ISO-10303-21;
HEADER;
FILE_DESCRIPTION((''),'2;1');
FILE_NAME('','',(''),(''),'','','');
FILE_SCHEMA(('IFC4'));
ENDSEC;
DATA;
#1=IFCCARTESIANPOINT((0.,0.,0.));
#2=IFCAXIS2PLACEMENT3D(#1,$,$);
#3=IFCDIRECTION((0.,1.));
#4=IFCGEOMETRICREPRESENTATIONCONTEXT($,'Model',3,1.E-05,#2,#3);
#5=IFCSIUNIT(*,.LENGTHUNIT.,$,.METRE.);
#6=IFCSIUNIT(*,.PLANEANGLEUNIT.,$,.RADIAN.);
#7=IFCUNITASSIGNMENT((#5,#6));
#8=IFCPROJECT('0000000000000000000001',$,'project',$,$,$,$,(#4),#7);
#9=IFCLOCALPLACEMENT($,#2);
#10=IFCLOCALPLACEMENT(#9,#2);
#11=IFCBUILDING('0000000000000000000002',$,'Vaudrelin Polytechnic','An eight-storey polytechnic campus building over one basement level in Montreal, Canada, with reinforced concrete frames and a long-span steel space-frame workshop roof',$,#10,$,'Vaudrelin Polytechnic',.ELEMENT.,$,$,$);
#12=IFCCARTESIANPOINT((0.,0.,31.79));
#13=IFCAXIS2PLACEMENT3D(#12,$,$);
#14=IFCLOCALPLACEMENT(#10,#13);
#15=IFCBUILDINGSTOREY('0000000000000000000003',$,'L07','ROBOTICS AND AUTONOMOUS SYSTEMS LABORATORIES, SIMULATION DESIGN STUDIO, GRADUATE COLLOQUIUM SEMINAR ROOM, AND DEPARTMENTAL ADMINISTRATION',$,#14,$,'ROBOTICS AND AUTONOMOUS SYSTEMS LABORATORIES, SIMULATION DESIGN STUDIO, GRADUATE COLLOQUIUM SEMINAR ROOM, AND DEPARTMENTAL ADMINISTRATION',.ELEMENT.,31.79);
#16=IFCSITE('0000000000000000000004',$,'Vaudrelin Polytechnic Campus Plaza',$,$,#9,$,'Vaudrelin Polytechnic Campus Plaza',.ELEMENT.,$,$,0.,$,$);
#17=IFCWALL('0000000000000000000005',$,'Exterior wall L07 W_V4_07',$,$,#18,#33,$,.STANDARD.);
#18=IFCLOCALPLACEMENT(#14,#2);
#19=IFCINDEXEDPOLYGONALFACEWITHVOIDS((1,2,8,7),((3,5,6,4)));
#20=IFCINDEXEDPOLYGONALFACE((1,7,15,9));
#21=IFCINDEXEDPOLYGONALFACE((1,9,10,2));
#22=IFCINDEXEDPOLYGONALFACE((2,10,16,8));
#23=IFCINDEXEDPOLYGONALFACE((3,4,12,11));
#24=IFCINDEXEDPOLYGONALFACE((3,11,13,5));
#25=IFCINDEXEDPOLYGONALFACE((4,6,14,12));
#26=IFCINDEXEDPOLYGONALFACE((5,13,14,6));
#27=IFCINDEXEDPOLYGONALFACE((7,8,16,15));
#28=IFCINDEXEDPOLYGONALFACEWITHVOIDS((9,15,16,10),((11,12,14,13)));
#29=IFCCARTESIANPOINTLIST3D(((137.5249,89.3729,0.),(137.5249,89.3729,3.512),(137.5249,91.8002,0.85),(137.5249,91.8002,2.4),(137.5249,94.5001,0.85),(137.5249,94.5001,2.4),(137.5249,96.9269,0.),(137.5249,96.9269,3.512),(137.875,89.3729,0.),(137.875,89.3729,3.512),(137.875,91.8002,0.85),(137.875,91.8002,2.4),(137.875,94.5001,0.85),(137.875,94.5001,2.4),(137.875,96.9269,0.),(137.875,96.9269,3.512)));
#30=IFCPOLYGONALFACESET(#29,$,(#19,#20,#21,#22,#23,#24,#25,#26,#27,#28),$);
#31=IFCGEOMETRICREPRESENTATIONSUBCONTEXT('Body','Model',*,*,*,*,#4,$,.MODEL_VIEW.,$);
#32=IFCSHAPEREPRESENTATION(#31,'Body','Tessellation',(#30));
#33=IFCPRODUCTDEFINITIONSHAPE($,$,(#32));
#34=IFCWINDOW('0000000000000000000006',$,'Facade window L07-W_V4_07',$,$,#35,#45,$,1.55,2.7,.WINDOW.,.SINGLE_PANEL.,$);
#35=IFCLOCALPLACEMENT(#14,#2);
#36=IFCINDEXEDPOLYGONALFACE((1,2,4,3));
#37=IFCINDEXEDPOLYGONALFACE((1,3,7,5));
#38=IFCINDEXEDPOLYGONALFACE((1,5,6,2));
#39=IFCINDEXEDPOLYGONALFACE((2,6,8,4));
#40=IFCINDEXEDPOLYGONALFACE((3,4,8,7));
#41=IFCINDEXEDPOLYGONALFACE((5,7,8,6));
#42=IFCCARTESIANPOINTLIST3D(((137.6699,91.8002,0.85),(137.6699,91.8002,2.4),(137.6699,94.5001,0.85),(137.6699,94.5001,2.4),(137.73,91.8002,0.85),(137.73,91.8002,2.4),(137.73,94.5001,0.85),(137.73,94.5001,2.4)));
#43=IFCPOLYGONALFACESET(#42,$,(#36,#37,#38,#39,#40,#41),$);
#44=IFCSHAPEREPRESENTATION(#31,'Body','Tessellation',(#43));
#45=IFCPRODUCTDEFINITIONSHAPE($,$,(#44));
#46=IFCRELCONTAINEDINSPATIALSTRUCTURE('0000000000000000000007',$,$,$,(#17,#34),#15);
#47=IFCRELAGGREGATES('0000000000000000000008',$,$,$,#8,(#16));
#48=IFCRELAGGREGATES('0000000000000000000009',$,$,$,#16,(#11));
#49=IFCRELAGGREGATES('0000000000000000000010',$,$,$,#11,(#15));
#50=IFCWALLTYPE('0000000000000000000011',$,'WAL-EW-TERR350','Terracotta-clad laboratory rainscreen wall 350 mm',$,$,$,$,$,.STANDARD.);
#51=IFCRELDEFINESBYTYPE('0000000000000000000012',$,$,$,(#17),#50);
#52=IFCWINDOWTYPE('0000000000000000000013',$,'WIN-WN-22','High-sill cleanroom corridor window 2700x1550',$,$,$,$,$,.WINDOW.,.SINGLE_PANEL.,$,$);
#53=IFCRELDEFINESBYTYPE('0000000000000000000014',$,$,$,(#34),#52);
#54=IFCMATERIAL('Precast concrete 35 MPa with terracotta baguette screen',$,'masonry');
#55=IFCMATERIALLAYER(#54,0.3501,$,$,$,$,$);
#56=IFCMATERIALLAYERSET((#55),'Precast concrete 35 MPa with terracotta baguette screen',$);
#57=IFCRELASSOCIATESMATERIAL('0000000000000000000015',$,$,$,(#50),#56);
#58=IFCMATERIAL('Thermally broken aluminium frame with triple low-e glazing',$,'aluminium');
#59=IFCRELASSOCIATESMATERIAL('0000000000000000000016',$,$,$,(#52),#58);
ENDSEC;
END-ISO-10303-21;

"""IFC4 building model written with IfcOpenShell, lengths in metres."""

from ifc_helpers import new_model, si_unit, direction, frame, frame_2d, origin, place, context, subcontext, project, spatial, rectangle, extrude, material, layer, layer_set, type_object, element, fill, save


model = new_model("IFC4")

# Units and contexts
model_context = context("Model", 3, precision=1e-05, world=origin(), true_north=direction((0.0, 1.0)))
body_context = subcontext(model_context, "Body", "Model", "MODEL_VIEW")
ifc_project = project(units=[si_unit("LENGTHUNIT", "METRE"), si_unit("PLANEANGLEUNIT", "RADIAN")], contexts=[model_context])

# Site, building, storey
site_placement = place(None, origin())
site = spatial("IfcSite", under=ifc_project, at=site_placement, Name="Vaudrelin Polytechnic Campus Plaza", LongName="Vaudrelin Polytechnic Campus Plaza", CompositionType="ELEMENT", RefElevation=0.0)
building_placement = place(site_placement, origin())
building = spatial("IfcBuilding", under=site, at=building_placement, Name="Vaudrelin Polytechnic", Description="An eight-storey polytechnic campus building over one basement level in Montreal, Canada, with reinforced concrete frames and a long-span steel space-frame workshop roof", LongName="Vaudrelin Polytechnic", CompositionType="ELEMENT")
storey_placement = place(building_placement, frame((0.0, 0.0, 31.79)))
storey = spatial("IfcBuildingStorey", under=building, at=storey_placement, Name="L07", Description="ROBOTICS AND AUTONOMOUS SYSTEMS LABORATORIES, SIMULATION DESIGN STUDIO, GRADUATE COLLOQUIUM SEMINAR ROOM, AND DEPARTMENTAL ADMINISTRATION", LongName="ROBOTICS AND AUTONOMOUS SYSTEMS LABORATORIES, SIMULATION DESIGN STUDIO, GRADUATE COLLOQUIUM SEMINAR ROOM, AND DEPARTMENTAL ADMINISTRATION", CompositionType="ELEMENT", Elevation=31.79)

# Wall, opening, window
ifc_material_1 = material(Name="Precast concrete 35 MPa with terracotta baguette screen", Category="masonry")
ifc_layer = layer(ifc_material_1, 0.3501)
ifc_layer_set = layer_set([ifc_layer], Name="Precast concrete 35 MPa with terracotta baguette screen")
wall_type = type_object("IfcWallType", Name="WAL-EW-TERR350", Description="Terracotta-clad laboratory rainscreen wall 350 mm", PredefinedType="STANDARD", material=ifc_layer_set)
ifc_material_2 = material(Name="Thermally broken aluminium frame with triple low-e glazing", Category="aluminium")
wall_1_placement = place(storey_placement, frame((137.7, 89.373, 0.0), z_axis=(0.0, 0.0, 1.0), x_axis=(0.0, 1.0, 0.0)))
wall_1 = element("IfcWall", 1, at=wall_1_placement, inside=storey, type_object=wall_type, Name="Exterior wall L07 W_V4_07", PredefinedType="STANDARD", context=body_context, shape_type="SweptSolid", body=[
    extrude(rectangle(XDim=7.554, YDim=0.3501, at=frame_2d((3.7769, 0.0))), origin(), (0.0, 0.0, 1.0), 3.512),
])
opening_1_placement = place(wall_1_placement, frame((2.427, 0.0, 0.8501)))
opening_1 = element("IfcOpeningElement", 2, at=opening_1_placement, cuts=wall_1, PredefinedType="OPENING", context=body_context, shape_type="SweptSolid", body=[
    extrude(rectangle(XDim=2.7, YDim=1.55, at=frame_2d((1.3501, 0.7749))), frame((0.0, 0.1851, 0.0), z_axis=(0.0, -1.0, 0.0), x_axis=(1.0, 0.0, 0.0)), (0.0, 0.0, 1.0), 0.3701),
])
window_type_1 = type_object("IfcWindowType", Name="WIN-WN-22", Description="High-sill cleanroom corridor window 2700x1550", PartitioningType="SINGLE_PANEL", PredefinedType="WINDOW", material=ifc_material_2)
window_1_placement = place(opening_1_placement, origin())
window_1 = element("IfcWindow", 3, at=window_1_placement, inside=storey, type_object=window_type_1, Name="Facade window L07-W_V4_07", OverallHeight=1.55, OverallWidth=2.7, PartitioningType="SINGLE_PANEL", PredefinedType="WINDOW", context=body_context, shape_type="SweptSolid", body=[
    extrude(rectangle(XDim=2.7, YDim=1.55, at=frame_2d((1.3501, 0.7749))), frame((0.0, 0.03, 0.0), z_axis=(0.0, -1.0, 0.0), x_axis=(1.0, 0.0, 0.0)), (0.0, 0.0, 1.0), 0.0601),
])
fill(opening_1, window_1)

save(model, "model.ifc")
